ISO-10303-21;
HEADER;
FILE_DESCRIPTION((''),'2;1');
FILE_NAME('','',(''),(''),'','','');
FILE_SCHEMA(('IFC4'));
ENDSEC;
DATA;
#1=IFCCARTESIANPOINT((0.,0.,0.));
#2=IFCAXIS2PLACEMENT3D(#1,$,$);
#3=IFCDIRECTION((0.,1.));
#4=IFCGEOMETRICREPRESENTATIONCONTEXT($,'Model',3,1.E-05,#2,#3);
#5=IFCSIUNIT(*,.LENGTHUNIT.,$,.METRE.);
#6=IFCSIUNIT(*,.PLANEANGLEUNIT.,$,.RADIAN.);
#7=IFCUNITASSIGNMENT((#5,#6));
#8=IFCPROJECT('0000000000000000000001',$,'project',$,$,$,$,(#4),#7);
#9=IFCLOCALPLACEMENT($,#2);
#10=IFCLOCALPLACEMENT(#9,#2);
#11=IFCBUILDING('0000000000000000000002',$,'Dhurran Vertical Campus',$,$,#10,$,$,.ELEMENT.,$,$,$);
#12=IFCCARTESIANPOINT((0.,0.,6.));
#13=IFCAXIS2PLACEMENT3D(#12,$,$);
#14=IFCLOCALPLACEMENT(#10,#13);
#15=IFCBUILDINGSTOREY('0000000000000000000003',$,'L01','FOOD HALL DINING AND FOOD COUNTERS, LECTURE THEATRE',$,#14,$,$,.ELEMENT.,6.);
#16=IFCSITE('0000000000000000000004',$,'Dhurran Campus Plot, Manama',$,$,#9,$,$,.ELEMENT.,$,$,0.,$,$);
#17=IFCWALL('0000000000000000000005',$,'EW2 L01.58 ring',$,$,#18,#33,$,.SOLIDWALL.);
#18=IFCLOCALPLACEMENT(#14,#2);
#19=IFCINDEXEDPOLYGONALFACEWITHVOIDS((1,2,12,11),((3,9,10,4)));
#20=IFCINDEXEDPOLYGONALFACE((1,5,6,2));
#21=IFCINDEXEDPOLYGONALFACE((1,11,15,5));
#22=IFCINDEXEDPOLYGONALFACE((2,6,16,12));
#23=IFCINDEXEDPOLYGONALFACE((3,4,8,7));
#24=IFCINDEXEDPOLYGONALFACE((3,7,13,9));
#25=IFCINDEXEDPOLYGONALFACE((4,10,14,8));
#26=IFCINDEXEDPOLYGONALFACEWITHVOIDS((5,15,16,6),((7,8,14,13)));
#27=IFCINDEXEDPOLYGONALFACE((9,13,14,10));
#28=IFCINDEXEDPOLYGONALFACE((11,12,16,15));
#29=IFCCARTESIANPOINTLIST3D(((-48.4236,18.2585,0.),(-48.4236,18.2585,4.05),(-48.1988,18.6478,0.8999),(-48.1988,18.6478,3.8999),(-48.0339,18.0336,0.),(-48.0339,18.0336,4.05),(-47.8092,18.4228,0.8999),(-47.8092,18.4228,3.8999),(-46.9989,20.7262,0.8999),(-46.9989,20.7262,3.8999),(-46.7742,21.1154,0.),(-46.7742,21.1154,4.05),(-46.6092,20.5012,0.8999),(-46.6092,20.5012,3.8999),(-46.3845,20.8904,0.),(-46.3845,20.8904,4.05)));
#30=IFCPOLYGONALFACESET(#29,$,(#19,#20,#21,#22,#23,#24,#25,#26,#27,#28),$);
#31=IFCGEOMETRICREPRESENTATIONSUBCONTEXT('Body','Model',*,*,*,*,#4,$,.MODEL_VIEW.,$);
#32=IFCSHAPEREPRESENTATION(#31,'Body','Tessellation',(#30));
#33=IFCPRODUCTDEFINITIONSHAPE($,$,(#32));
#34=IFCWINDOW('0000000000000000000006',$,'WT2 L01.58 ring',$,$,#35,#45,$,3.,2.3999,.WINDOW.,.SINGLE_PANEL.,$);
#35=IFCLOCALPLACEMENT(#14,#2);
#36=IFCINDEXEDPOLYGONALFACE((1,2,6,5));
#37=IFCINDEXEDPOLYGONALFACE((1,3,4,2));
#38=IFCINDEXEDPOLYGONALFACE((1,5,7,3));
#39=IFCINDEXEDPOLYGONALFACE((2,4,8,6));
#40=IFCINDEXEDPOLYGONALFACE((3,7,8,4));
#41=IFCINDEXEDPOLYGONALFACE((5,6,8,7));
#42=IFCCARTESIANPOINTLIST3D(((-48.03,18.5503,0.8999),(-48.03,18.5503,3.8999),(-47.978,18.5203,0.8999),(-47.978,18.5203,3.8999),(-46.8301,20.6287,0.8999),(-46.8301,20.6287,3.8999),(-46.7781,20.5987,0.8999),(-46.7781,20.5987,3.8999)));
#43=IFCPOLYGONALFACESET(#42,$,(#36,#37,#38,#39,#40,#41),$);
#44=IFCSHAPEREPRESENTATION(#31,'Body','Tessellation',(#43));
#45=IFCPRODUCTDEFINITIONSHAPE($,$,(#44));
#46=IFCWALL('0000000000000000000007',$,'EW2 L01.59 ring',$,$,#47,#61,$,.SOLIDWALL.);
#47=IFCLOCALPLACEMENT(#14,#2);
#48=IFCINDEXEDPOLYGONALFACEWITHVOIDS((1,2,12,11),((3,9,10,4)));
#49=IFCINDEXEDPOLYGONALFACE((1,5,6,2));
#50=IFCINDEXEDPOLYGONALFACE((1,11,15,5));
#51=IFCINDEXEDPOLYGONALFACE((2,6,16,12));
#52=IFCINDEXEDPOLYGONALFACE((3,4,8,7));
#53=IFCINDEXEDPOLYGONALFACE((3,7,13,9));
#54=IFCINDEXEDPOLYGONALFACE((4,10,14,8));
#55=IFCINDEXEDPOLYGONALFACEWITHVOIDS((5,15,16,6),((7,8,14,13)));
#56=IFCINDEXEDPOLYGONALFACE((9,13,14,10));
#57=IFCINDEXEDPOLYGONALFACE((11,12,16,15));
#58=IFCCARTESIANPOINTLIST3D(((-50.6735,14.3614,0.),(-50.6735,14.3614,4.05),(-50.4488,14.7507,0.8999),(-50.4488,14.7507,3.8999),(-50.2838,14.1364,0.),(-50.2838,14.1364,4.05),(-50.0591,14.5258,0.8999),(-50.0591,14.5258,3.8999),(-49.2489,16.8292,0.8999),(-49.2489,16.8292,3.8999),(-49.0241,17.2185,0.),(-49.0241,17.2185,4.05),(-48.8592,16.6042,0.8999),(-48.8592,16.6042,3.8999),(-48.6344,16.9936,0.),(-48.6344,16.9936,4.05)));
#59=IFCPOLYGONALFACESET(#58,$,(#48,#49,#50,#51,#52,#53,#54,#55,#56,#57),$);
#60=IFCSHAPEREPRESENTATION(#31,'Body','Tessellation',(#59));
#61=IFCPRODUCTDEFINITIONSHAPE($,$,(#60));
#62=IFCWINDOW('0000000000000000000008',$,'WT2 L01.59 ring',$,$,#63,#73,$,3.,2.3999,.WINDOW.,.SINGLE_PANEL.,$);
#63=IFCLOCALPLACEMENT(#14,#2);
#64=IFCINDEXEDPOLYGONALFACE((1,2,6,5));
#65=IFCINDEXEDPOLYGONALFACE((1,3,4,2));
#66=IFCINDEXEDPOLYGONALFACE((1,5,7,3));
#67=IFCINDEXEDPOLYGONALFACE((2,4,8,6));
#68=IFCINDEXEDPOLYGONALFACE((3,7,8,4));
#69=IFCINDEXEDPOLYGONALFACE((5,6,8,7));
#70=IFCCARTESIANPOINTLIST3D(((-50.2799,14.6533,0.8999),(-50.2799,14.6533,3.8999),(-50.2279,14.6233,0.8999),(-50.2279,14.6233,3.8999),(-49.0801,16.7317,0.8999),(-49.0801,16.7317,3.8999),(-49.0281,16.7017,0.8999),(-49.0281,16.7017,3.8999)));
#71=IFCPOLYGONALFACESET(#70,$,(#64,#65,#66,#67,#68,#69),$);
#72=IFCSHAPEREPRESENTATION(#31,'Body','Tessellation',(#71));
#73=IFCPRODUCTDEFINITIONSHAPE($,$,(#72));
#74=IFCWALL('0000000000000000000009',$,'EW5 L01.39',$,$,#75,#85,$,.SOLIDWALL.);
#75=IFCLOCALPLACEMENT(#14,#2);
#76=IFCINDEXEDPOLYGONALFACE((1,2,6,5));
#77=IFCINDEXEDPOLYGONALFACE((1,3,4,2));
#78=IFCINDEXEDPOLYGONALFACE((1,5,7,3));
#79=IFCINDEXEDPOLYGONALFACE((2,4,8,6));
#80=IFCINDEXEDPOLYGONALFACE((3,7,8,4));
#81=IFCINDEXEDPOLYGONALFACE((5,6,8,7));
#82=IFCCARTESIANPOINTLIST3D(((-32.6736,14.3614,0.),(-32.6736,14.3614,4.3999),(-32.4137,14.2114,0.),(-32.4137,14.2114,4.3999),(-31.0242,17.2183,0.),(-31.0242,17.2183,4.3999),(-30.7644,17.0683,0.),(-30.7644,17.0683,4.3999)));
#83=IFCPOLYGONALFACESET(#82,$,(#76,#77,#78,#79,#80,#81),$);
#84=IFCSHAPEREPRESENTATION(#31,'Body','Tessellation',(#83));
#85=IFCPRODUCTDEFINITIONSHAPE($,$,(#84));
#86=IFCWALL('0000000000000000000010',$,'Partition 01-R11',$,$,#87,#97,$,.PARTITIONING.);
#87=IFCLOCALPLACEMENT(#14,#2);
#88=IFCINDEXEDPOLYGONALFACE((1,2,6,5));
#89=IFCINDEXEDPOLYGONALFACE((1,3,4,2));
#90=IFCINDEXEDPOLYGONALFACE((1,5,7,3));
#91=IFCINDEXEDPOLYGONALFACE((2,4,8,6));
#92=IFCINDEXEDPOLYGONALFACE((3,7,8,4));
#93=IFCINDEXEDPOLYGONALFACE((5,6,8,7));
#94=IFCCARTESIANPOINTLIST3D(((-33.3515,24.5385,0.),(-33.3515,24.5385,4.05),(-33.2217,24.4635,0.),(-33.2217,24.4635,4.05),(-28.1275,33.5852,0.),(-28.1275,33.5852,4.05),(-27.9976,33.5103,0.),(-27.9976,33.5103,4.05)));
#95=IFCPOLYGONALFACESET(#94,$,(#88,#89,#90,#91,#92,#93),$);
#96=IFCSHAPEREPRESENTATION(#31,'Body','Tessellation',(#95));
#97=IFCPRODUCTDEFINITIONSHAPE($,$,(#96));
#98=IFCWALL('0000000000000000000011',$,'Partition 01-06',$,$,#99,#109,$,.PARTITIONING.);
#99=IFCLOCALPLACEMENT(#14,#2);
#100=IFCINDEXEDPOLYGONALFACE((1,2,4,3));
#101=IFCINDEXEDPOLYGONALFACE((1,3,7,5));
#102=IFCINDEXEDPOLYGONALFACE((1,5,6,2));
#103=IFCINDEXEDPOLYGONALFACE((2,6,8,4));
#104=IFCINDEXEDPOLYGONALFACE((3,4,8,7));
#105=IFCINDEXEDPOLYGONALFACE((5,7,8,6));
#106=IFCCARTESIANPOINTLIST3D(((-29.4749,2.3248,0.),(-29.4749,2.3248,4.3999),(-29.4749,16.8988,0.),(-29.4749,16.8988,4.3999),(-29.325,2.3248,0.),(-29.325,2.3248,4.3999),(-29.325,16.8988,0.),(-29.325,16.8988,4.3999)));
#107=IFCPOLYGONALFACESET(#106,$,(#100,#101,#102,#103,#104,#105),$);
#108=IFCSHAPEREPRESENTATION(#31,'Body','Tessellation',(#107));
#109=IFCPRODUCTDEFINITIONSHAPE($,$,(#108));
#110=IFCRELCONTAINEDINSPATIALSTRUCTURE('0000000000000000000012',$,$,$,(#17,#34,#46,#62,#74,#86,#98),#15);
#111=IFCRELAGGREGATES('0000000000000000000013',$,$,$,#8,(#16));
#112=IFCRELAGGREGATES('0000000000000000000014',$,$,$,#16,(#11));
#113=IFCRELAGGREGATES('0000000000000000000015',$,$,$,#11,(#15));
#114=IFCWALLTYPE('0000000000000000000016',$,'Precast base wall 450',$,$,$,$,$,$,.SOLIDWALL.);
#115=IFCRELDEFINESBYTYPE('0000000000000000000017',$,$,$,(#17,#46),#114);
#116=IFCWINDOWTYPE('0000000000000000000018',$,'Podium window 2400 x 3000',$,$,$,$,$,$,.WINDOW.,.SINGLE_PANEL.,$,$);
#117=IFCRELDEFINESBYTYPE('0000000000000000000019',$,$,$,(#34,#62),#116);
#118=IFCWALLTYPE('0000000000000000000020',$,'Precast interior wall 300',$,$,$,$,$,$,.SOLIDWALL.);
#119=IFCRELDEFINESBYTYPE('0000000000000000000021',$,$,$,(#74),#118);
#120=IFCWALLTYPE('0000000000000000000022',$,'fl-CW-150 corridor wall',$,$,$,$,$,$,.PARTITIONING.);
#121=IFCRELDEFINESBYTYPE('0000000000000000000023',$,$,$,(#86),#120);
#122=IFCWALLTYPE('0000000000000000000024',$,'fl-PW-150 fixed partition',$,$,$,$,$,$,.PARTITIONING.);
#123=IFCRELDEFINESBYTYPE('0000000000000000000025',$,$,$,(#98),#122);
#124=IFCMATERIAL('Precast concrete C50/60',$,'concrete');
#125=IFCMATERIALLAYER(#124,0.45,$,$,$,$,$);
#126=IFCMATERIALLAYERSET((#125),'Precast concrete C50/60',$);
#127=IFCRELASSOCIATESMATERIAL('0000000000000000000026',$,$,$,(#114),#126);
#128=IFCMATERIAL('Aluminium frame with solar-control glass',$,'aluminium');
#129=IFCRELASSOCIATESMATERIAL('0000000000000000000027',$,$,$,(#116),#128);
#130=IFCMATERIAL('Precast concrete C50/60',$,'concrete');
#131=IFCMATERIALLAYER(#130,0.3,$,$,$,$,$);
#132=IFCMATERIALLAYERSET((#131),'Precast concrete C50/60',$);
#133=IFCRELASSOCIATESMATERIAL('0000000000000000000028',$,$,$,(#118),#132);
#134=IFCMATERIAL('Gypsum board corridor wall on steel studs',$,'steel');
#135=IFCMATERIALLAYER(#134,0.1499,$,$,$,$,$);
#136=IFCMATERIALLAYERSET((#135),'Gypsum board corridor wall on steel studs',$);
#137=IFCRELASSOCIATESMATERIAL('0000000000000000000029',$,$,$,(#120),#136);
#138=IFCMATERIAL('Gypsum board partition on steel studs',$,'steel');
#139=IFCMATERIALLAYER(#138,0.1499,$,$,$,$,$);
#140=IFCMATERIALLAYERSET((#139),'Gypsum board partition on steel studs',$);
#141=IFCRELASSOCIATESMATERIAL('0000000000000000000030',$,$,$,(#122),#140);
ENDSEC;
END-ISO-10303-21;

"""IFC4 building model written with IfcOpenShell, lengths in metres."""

from ifc_helpers import new_model, si_unit, direction, frame, frame_2d, origin, place, context, subcontext, project, spatial, rectangle, extrude, material, layer, layer_set, type_object, element, fill, save


model = new_model("IFC4")

# Units and contexts
model_context = context("Model", 3, precision=1e-05, world=origin(), true_north=direction((0.0, 1.0)))
body_context = subcontext(model_context, "Body", "Model", "MODEL_VIEW")
ifc_project = project(units=[si_unit("LENGTHUNIT", "METRE"), si_unit("PLANEANGLEUNIT", "RADIAN")], contexts=[model_context])

# Site, building, storey
site_placement = place(None, origin())
site = spatial("IfcSite", under=ifc_project, at=site_placement, Name="Dhurran Campus Plot, Manama", CompositionType="ELEMENT", RefElevation=0.0)
building_placement = place(site_placement, origin())
building = spatial("IfcBuilding", under=site, at=building_placement, Name="Dhurran Vertical Campus", CompositionType="ELEMENT")
storey_placement = place(building_placement, frame((0.0, 0.0, 6.0)))
storey = spatial("IfcBuildingStorey", under=building, at=storey_placement, Name="L01", Description="FOOD HALL DINING AND FOOD COUNTERS, LECTURE THEATRE", CompositionType="ELEMENT", Elevation=6.0)

# Walls, openings, windows
ifc_material_1 = material(Name="Precast concrete C50/60", Category="concrete")
ifc_layer_1 = layer(ifc_material_1, 0.45)
ifc_layer_set_1 = layer_set([ifc_layer_1], Name="Precast concrete C50/60")
wall_type_1 = type_object("IfcWallType", Name="Precast base wall 450", PredefinedType="SOLIDWALL", material=ifc_layer_set_1)
ifc_material_2 = material(Name="Aluminium frame with solar-control glass", Category="aluminium")
window_type = type_object("IfcWindowType", Name="Podium window 2400 x 3000", PartitioningType="SINGLE_PANEL", PredefinedType="WINDOW", material=ifc_material_2)
wall_1_placement = place(storey_placement, frame((-46.5793, 21.0029, 0.0), z_axis=(0.0, 0.0, 1.0), x_axis=(-0.499992, -0.86603, 0.0)))
wall_1 = element("IfcWall", 1, at=wall_1_placement, inside=storey, type_object=wall_type_1, Name="EW2 L01.58 ring", PredefinedType="SOLIDWALL", context=body_context, shape_type="SweptSolid", body=[
    extrude(rectangle(XDim=3.2988, YDim=0.45, at=frame_2d((1.6494, 0.0))), origin(), (0.0, 0.0, 1.0), 4.05),
])
opening_1_placement = place(wall_1_placement, frame((0.4495, 0.0, 0.8999)))
opening_1 = element("IfcOpeningElement", 2, at=opening_1_placement, cuts=wall_1, PredefinedType="OPENING", context=body_context, shape_type="SweptSolid", body=[
    extrude(rectangle(XDim=2.3999, YDim=3.0, at=frame_2d((1.2, 1.5))), frame((0.0, 0.2349, 0.0), z_axis=(0.0, -1.0, 0.0), x_axis=(1.0, 0.0, 0.0)), (0.0, 0.0, 1.0), 0.47),
])
window_1_placement = place(opening_1_placement, origin())
window_1 = element("IfcWindow", 3, at=window_1_placement, inside=storey, type_object=window_type, Name="WT2 L01.58 ring", OverallHeight=3.0, OverallWidth=2.3999, PartitioningType="SINGLE_PANEL", PredefinedType="WINDOW", context=body_context, shape_type="SweptSolid", body=[
    extrude(rectangle(XDim=2.3999, YDim=3.0, at=frame_2d((1.2, 1.5))), frame((0.0, 0.03, 0.0), z_axis=(0.0, -1.0, 0.0), x_axis=(1.0, 0.0, 0.0)), (0.0, 0.0, 1.0), 0.0601),
])
fill(opening_1, window_1)
wall_2_placement = place(storey_placement, frame((-48.8293, 17.106, 0.0), z_axis=(0.0, 0.0, 1.0), x_axis=(-0.499959, -0.866049, 0.0)))
wall_2 = element("IfcWall", 4, at=wall_2_placement, inside=storey, type_object=wall_type_1, Name="EW2 L01.59 ring", PredefinedType="SOLIDWALL", context=body_context, shape_type="SweptSolid", body=[
    extrude(rectangle(XDim=3.2991, YDim=0.45, at=frame_2d((1.6494, 0.0))), origin(), (0.0, 0.0, 1.0), 4.05),
])
opening_2_placement = place(wall_2_placement, frame((0.4495, 0.0, 0.8999)))
opening_2 = element("IfcOpeningElement", 5, at=opening_2_placement, cuts=wall_2, PredefinedType="OPENING", context=body_context, shape_type="SweptSolid", body=[
    extrude(rectangle(XDim=2.3999, YDim=3.0, at=frame_2d((1.2, 1.5))), frame((0.0, 0.2349, 0.0), z_axis=(0.0, -1.0, 0.0), x_axis=(1.0, 0.0, 0.0)), (0.0, 0.0, 1.0), 0.47),
])
window_2_placement = place(opening_2_placement, origin())
window_2 = element("IfcWindow", 6, at=window_2_placement, inside=storey, type_object=window_type, Name="WT2 L01.59 ring", OverallHeight=3.0, OverallWidth=2.3999, PartitioningType="SINGLE_PANEL", PredefinedType="WINDOW", context=body_context, shape_type="SweptSolid", body=[
    extrude(rectangle(XDim=2.3999, YDim=3.0, at=frame_2d((1.2, 1.5))), frame((0.0, 0.03, 0.0), z_axis=(0.0, -1.0, 0.0), x_axis=(1.0, 0.0, 0.0)), (0.0, 0.0, 1.0), 0.0601),
])
fill(opening_2, window_2)

# Walls
ifc_material_3 = material(Name="Precast concrete C50/60", Category="concrete")
ifc_layer_2 = layer(ifc_material_3, 0.3)
ifc_layer_set_2 = layer_set([ifc_layer_2], Name="Precast concrete C50/60")
wall_type_2 = type_object("IfcWallType", Name="Precast interior wall 300", PredefinedType="SOLIDWALL", material=ifc_layer_set_2)
wall_3_placement = place(storey_placement, frame((-30.8943, 17.1433, 0.0), z_axis=(0.0, 0.0, 1.0), x_axis=(-0.499992, -0.86603, 0.0)))
element("IfcWall", 7, at=wall_3_placement, inside=storey, type_object=wall_type_2, Name="EW5 L01.39", PredefinedType="SOLIDWALL", context=body_context, shape_type="SweptSolid", body=[
    extrude(rectangle(XDim=3.2988, YDim=0.3, at=frame_2d((1.6494, 0.0))), origin(), (0.0, 0.0, 1.0), 4.3999),
])
ifc_material_4 = material(Name="Gypsum board corridor wall on steel studs", Category="steel")
ifc_layer_3 = layer(ifc_material_4, 0.1499)
ifc_layer_set_3 = layer_set([ifc_layer_3], Name="Gypsum board corridor wall on steel studs")
wall_type_3 = type_object("IfcWallType", Name="fl-CW-150 corridor wall", PredefinedType="PARTITIONING", material=ifc_layer_set_3)
wall_4_placement = place(storey_placement, frame((-33.2866, 24.501, 0.0), z_axis=(0.0, 0.0, 1.0), x_axis=(0.500065, 0.865988, 0.0)))
element("IfcWall", 8, at=wall_4_placement, inside=storey, type_object=wall_type_3, Name="Partition 01-R11", PredefinedType="PARTITIONING", context=body_context, shape_type="SweptSolid", body=[
    extrude(rectangle(XDim=10.4468, YDim=0.1499, at=frame_2d((5.2234, 0.0))), origin(), (0.0, 0.0, 1.0), 4.05),
])
ifc_material_5 = material(Name="Gypsum board partition on steel studs", Category="steel")
ifc_layer_4 = layer(ifc_material_5, 0.1499)
ifc_layer_set_4 = layer_set([ifc_layer_4], Name="Gypsum board partition on steel studs")
wall_type_4 = type_object("IfcWallType", Name="fl-PW-150 fixed partition", PredefinedType="PARTITIONING", material=ifc_layer_set_4)
wall_5_placement = place(storey_placement, frame((-29.3999, 16.8989, 0.0), z_axis=(0.0, 0.0, 1.0), x_axis=(0.0, -1.0, 0.0)))
element("IfcWall", 9, at=wall_5_placement, inside=storey, type_object=wall_type_4, Name="Partition 01-06", PredefinedType="PARTITIONING", context=body_context, shape_type="SweptSolid", body=[
    extrude(rectangle(XDim=14.574, YDim=0.1499, at=frame_2d((7.2871, 0.0))), origin(), (0.0, 0.0, 1.0), 4.3999),
])

save(model, "model.ifc")
